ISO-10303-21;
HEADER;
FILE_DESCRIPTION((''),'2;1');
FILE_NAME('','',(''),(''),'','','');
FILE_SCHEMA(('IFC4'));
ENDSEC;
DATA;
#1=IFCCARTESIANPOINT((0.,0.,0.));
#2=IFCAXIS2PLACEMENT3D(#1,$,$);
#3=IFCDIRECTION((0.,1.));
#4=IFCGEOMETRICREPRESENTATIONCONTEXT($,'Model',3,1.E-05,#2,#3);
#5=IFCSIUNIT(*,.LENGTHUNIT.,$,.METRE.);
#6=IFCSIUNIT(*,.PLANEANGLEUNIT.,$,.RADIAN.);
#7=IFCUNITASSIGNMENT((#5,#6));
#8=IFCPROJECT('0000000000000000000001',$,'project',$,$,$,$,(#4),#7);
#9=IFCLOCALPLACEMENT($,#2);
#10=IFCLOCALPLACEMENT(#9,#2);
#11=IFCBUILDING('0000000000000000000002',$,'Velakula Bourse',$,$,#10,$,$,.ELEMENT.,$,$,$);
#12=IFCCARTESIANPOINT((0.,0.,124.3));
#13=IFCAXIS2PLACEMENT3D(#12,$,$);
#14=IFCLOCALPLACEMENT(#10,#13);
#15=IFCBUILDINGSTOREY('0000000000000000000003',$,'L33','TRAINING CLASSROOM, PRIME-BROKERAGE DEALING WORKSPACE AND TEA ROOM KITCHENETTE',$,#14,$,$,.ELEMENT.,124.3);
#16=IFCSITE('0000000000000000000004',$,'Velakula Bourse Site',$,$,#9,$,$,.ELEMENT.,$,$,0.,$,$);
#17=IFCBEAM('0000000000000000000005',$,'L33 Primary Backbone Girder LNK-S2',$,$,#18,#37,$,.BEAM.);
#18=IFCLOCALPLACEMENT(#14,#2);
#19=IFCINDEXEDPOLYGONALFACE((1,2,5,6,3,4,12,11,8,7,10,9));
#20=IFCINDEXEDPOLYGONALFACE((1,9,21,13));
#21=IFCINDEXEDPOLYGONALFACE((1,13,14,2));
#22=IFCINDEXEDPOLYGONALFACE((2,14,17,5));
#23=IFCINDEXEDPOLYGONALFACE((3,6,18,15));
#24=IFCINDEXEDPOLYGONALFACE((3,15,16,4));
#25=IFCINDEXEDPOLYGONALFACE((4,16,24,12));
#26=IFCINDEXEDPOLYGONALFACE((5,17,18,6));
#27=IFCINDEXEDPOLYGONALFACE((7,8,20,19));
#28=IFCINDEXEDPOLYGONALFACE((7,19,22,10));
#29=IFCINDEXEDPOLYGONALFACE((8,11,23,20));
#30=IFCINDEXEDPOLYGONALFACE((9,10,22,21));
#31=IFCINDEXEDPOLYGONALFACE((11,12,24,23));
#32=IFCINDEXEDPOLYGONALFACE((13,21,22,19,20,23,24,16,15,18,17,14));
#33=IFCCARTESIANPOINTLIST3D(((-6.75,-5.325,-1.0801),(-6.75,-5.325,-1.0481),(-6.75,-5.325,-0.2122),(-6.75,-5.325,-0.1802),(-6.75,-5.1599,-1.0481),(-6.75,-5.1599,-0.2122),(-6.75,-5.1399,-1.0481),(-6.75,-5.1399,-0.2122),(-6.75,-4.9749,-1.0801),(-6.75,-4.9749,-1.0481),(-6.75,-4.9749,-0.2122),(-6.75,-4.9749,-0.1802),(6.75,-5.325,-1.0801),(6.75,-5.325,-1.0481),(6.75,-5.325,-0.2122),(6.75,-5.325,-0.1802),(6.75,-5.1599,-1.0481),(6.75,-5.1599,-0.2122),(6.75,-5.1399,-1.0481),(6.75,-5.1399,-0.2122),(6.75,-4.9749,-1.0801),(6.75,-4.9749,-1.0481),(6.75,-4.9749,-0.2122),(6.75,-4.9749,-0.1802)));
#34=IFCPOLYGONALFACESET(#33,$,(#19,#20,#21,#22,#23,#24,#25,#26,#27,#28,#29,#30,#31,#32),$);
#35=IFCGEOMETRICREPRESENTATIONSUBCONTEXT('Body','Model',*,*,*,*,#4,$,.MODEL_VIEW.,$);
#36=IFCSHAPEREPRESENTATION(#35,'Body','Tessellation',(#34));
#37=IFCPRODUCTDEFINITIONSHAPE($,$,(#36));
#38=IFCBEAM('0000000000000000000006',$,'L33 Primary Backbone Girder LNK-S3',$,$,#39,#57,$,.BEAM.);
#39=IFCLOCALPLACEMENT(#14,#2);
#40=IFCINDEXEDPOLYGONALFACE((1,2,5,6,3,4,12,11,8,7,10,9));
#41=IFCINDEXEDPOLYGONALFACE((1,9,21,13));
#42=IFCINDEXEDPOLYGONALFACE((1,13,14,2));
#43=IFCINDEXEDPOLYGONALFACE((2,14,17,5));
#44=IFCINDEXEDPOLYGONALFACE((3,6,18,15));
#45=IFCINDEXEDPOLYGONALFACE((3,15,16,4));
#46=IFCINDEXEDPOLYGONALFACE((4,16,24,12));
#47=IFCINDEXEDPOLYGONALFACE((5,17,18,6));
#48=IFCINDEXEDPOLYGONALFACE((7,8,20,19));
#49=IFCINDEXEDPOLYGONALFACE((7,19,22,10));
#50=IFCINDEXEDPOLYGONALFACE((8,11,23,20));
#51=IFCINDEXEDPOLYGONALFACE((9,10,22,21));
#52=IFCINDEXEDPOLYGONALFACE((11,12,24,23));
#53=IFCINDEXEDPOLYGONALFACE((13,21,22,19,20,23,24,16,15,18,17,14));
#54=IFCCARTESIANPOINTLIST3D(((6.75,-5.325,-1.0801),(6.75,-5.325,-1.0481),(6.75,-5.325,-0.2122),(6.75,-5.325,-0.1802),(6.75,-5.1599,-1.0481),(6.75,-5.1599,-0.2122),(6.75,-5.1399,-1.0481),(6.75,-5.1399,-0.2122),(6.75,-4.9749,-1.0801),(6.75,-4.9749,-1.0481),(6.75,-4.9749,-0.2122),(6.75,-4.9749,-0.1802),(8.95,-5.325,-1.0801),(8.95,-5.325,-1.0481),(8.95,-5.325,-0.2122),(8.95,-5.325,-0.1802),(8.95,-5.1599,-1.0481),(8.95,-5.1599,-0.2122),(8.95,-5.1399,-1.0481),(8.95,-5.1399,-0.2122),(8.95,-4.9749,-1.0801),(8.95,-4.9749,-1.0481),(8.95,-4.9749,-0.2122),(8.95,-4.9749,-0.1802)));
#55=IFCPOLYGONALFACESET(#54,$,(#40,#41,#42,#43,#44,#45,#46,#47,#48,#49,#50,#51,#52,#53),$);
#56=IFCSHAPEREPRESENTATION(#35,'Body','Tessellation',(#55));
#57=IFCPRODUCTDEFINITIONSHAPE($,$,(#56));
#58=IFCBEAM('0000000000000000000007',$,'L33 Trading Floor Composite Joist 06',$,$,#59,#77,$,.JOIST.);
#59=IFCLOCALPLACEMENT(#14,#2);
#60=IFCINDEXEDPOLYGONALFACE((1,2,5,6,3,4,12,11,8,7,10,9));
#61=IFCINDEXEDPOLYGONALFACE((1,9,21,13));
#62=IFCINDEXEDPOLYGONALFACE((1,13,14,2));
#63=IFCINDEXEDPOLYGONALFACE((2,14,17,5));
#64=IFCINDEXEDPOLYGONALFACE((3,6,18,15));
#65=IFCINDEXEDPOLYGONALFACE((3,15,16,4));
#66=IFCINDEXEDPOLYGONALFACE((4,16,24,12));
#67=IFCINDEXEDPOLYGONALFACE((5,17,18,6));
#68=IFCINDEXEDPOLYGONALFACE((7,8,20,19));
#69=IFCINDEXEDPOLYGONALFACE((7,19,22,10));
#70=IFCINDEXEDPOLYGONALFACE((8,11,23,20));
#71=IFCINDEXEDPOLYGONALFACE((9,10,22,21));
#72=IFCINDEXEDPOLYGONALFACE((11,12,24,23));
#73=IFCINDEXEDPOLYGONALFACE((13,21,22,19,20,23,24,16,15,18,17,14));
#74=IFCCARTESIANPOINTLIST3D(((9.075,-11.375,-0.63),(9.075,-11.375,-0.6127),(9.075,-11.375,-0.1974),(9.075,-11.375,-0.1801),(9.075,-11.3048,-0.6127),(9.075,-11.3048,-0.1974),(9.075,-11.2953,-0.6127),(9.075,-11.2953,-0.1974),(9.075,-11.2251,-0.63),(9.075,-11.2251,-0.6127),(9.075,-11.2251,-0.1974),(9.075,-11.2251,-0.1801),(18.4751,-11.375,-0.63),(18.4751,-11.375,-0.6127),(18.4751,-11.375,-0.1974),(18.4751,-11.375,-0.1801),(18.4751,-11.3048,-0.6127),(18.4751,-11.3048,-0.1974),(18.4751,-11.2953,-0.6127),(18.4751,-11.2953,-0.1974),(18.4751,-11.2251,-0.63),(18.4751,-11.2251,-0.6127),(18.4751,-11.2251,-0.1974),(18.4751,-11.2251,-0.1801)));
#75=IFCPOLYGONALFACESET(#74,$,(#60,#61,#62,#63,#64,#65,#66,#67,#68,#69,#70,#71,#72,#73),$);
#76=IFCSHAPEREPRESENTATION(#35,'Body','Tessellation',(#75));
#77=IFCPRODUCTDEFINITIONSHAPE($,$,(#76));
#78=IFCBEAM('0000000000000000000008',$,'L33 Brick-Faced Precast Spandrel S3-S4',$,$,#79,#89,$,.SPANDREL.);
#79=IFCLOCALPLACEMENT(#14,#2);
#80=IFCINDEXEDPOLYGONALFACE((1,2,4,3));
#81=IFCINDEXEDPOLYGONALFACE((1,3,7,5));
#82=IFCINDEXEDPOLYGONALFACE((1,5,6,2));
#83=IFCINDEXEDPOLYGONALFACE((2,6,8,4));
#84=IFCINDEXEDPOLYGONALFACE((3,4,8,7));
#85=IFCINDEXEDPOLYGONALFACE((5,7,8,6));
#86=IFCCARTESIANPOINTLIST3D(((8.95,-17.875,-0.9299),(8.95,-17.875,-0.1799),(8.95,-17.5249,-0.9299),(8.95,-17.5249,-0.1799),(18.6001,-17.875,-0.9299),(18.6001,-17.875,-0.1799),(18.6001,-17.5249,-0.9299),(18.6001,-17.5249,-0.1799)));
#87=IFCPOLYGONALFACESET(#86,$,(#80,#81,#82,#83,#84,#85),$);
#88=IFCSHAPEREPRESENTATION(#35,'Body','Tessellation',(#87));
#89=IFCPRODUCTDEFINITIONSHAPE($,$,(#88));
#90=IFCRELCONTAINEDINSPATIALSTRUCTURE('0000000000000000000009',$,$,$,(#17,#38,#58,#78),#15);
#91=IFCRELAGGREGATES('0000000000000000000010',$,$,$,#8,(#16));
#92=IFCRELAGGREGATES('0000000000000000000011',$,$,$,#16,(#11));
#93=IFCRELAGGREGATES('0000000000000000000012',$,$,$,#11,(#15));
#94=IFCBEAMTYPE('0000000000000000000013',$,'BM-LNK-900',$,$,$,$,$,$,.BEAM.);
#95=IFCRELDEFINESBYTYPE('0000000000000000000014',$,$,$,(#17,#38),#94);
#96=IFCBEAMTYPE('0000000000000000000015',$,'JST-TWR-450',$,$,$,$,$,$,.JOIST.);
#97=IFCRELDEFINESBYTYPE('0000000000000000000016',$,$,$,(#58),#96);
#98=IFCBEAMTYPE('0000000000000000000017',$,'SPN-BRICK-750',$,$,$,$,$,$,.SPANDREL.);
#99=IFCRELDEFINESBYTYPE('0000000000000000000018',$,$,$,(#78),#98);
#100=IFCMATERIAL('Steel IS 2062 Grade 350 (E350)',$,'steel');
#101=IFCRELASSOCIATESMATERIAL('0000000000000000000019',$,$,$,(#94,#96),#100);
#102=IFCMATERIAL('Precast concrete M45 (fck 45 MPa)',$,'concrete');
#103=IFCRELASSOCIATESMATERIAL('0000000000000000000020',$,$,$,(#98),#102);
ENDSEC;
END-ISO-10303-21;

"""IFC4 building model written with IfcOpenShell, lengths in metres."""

from ifc_helpers import new_model, si_unit, direction, frame, origin, origin_2d, place, context, subcontext, project, spatial, rectangle, i_section, extrude, material, material_profile, profile_set, type_object, element, save


model = new_model("IFC4")

# Units and contexts
model_context = context("Model", 3, precision=1e-05, world=origin(), true_north=direction((0.0, 1.0)))
body_context = subcontext(model_context, "Body", "Model", "MODEL_VIEW")
ifc_project = project(units=[si_unit("LENGTHUNIT", "METRE"), si_unit("PLANEANGLEUNIT", "RADIAN")], contexts=[model_context])

# Site, building, storey
site_placement = place(None, origin())
site = spatial("IfcSite", under=ifc_project, at=site_placement, Name="Velakula Bourse Site", CompositionType="ELEMENT", RefElevation=0.0)
building_placement = place(site_placement, origin())
building = spatial("IfcBuilding", under=site, at=building_placement, Name="Velakula Bourse", CompositionType="ELEMENT")
storey_placement = place(building_placement, frame((0.0, 0.0, 124.3)))
storey = spatial("IfcBuildingStorey", under=building, at=storey_placement, Name="L33", Description="TRAINING CLASSROOM, PRIME-BROKERAGE DEALING WORKSPACE AND TEA ROOM KITCHENETTE", CompositionType="ELEMENT", Elevation=124.3)

# Shared definitions
ifc_material_1 = material(Name="Steel IS 2062 Grade 350 (E350)", Category="steel")

# Beams
ifc_material_profile_1 = material_profile(ifc_material_1, i_section(OverallWidth=0.3501, OverallDepth=0.8999, WebThickness=0.02, FlangeThickness=0.032, at=origin_2d()), Name="Steel IS 2062 Grade 350 (E350)")
ifc_profile_set_1 = profile_set([ifc_material_profile_1], Name="Steel IS 2062 Grade 350 (E350)")
beam_type_1 = type_object("IfcBeamType", Name="BM-LNK-900", PredefinedType="BEAM", material=ifc_profile_set_1)
beam_1_placement = place(storey_placement, frame((-6.75, -5.1499, -0.6301), z_axis=(1.0, 0.0, 0.0), x_axis=(0.0, 1.0, 0.0)))
element("IfcBeam", 1, at=beam_1_placement, inside=storey, type_object=beam_type_1, Name="L33 Primary Backbone Girder LNK-S2", PredefinedType="BEAM", context=body_context, shape_type="SweptSolid", body=[
    extrude(i_section(OverallWidth=0.3501, OverallDepth=0.8999, WebThickness=0.02, FlangeThickness=0.032, at=origin_2d()), origin(), (0.0, 0.0, 1.0), 13.5),
])
beam_2_placement = place(storey_placement, frame((6.75, -5.1499, -0.6301), z_axis=(1.0, 0.0, 0.0), x_axis=(0.0, 1.0, 0.0)))
element("IfcBeam", 2, at=beam_2_placement, inside=storey, type_object=beam_type_1, Name="L33 Primary Backbone Girder LNK-S3", PredefinedType="BEAM", context=body_context, shape_type="SweptSolid", body=[
    extrude(i_section(OverallWidth=0.3501, OverallDepth=0.8999, WebThickness=0.02, FlangeThickness=0.032, at=origin_2d()), origin(), (0.0, 0.0, 1.0), 2.2),
])
ifc_material_profile_2 = material_profile(ifc_material_1, i_section(OverallWidth=0.1499, OverallDepth=0.45, WebThickness=0.0095, FlangeThickness=0.0173, at=origin_2d()), Name="Steel IS 2062 Grade 350 (E350)")
ifc_profile_set_2 = profile_set([ifc_material_profile_2], Name="Steel IS 2062 Grade 350 (E350)")
beam_type_2 = type_object("IfcBeamType", Name="JST-TWR-450", PredefinedType="JOIST", material=ifc_profile_set_2)
beam_3_placement = place(storey_placement, frame((9.075, -11.3, -0.405), z_axis=(1.0, 0.0, 0.0), x_axis=(0.0, 1.0, 0.0)))
element("IfcBeam", 3, at=beam_3_placement, inside=storey, type_object=beam_type_2, Name="L33 Trading Floor Composite Joist 06", PredefinedType="JOIST", context=body_context, shape_type="SweptSolid", body=[
    extrude(i_section(OverallWidth=0.1499, OverallDepth=0.45, WebThickness=0.0095, FlangeThickness=0.0173, at=origin_2d()), origin(), (0.0, 0.0, 1.0), 9.4001),
])
ifc_material_2 = material(Name="Precast concrete M45 (fck 45 MPa)", Category="concrete")
ifc_material_profile_3 = material_profile(ifc_material_2, rectangle(XDim=0.3501, YDim=0.75, at=origin_2d()), Name="Precast concrete M45 (fck 45 MPa)")
ifc_profile_set_3 = profile_set([ifc_material_profile_3], Name="Precast concrete M45 (fck 45 MPa)")
beam_type_3 = type_object("IfcBeamType", Name="SPN-BRICK-750", PredefinedType="SPANDREL", material=ifc_profile_set_3)
beam_4_placement = place(storey_placement, frame((8.95, -17.7, -0.5549), z_axis=(1.0, 0.0, 0.0), x_axis=(0.0, 1.0, 0.0)))
element("IfcBeam", 4, at=beam_4_placement, inside=storey, type_object=beam_type_3, Name="L33 Brick-Faced Precast Spandrel S3-S4", PredefinedType="SPANDREL", context=body_context, shape_type="SweptSolid", body=[
    extrude(rectangle(XDim=0.3501, YDim=0.75, at=origin_2d()), origin(), (0.0, 0.0, 1.0), 9.6501),
])

save(model, "model.ifc")
